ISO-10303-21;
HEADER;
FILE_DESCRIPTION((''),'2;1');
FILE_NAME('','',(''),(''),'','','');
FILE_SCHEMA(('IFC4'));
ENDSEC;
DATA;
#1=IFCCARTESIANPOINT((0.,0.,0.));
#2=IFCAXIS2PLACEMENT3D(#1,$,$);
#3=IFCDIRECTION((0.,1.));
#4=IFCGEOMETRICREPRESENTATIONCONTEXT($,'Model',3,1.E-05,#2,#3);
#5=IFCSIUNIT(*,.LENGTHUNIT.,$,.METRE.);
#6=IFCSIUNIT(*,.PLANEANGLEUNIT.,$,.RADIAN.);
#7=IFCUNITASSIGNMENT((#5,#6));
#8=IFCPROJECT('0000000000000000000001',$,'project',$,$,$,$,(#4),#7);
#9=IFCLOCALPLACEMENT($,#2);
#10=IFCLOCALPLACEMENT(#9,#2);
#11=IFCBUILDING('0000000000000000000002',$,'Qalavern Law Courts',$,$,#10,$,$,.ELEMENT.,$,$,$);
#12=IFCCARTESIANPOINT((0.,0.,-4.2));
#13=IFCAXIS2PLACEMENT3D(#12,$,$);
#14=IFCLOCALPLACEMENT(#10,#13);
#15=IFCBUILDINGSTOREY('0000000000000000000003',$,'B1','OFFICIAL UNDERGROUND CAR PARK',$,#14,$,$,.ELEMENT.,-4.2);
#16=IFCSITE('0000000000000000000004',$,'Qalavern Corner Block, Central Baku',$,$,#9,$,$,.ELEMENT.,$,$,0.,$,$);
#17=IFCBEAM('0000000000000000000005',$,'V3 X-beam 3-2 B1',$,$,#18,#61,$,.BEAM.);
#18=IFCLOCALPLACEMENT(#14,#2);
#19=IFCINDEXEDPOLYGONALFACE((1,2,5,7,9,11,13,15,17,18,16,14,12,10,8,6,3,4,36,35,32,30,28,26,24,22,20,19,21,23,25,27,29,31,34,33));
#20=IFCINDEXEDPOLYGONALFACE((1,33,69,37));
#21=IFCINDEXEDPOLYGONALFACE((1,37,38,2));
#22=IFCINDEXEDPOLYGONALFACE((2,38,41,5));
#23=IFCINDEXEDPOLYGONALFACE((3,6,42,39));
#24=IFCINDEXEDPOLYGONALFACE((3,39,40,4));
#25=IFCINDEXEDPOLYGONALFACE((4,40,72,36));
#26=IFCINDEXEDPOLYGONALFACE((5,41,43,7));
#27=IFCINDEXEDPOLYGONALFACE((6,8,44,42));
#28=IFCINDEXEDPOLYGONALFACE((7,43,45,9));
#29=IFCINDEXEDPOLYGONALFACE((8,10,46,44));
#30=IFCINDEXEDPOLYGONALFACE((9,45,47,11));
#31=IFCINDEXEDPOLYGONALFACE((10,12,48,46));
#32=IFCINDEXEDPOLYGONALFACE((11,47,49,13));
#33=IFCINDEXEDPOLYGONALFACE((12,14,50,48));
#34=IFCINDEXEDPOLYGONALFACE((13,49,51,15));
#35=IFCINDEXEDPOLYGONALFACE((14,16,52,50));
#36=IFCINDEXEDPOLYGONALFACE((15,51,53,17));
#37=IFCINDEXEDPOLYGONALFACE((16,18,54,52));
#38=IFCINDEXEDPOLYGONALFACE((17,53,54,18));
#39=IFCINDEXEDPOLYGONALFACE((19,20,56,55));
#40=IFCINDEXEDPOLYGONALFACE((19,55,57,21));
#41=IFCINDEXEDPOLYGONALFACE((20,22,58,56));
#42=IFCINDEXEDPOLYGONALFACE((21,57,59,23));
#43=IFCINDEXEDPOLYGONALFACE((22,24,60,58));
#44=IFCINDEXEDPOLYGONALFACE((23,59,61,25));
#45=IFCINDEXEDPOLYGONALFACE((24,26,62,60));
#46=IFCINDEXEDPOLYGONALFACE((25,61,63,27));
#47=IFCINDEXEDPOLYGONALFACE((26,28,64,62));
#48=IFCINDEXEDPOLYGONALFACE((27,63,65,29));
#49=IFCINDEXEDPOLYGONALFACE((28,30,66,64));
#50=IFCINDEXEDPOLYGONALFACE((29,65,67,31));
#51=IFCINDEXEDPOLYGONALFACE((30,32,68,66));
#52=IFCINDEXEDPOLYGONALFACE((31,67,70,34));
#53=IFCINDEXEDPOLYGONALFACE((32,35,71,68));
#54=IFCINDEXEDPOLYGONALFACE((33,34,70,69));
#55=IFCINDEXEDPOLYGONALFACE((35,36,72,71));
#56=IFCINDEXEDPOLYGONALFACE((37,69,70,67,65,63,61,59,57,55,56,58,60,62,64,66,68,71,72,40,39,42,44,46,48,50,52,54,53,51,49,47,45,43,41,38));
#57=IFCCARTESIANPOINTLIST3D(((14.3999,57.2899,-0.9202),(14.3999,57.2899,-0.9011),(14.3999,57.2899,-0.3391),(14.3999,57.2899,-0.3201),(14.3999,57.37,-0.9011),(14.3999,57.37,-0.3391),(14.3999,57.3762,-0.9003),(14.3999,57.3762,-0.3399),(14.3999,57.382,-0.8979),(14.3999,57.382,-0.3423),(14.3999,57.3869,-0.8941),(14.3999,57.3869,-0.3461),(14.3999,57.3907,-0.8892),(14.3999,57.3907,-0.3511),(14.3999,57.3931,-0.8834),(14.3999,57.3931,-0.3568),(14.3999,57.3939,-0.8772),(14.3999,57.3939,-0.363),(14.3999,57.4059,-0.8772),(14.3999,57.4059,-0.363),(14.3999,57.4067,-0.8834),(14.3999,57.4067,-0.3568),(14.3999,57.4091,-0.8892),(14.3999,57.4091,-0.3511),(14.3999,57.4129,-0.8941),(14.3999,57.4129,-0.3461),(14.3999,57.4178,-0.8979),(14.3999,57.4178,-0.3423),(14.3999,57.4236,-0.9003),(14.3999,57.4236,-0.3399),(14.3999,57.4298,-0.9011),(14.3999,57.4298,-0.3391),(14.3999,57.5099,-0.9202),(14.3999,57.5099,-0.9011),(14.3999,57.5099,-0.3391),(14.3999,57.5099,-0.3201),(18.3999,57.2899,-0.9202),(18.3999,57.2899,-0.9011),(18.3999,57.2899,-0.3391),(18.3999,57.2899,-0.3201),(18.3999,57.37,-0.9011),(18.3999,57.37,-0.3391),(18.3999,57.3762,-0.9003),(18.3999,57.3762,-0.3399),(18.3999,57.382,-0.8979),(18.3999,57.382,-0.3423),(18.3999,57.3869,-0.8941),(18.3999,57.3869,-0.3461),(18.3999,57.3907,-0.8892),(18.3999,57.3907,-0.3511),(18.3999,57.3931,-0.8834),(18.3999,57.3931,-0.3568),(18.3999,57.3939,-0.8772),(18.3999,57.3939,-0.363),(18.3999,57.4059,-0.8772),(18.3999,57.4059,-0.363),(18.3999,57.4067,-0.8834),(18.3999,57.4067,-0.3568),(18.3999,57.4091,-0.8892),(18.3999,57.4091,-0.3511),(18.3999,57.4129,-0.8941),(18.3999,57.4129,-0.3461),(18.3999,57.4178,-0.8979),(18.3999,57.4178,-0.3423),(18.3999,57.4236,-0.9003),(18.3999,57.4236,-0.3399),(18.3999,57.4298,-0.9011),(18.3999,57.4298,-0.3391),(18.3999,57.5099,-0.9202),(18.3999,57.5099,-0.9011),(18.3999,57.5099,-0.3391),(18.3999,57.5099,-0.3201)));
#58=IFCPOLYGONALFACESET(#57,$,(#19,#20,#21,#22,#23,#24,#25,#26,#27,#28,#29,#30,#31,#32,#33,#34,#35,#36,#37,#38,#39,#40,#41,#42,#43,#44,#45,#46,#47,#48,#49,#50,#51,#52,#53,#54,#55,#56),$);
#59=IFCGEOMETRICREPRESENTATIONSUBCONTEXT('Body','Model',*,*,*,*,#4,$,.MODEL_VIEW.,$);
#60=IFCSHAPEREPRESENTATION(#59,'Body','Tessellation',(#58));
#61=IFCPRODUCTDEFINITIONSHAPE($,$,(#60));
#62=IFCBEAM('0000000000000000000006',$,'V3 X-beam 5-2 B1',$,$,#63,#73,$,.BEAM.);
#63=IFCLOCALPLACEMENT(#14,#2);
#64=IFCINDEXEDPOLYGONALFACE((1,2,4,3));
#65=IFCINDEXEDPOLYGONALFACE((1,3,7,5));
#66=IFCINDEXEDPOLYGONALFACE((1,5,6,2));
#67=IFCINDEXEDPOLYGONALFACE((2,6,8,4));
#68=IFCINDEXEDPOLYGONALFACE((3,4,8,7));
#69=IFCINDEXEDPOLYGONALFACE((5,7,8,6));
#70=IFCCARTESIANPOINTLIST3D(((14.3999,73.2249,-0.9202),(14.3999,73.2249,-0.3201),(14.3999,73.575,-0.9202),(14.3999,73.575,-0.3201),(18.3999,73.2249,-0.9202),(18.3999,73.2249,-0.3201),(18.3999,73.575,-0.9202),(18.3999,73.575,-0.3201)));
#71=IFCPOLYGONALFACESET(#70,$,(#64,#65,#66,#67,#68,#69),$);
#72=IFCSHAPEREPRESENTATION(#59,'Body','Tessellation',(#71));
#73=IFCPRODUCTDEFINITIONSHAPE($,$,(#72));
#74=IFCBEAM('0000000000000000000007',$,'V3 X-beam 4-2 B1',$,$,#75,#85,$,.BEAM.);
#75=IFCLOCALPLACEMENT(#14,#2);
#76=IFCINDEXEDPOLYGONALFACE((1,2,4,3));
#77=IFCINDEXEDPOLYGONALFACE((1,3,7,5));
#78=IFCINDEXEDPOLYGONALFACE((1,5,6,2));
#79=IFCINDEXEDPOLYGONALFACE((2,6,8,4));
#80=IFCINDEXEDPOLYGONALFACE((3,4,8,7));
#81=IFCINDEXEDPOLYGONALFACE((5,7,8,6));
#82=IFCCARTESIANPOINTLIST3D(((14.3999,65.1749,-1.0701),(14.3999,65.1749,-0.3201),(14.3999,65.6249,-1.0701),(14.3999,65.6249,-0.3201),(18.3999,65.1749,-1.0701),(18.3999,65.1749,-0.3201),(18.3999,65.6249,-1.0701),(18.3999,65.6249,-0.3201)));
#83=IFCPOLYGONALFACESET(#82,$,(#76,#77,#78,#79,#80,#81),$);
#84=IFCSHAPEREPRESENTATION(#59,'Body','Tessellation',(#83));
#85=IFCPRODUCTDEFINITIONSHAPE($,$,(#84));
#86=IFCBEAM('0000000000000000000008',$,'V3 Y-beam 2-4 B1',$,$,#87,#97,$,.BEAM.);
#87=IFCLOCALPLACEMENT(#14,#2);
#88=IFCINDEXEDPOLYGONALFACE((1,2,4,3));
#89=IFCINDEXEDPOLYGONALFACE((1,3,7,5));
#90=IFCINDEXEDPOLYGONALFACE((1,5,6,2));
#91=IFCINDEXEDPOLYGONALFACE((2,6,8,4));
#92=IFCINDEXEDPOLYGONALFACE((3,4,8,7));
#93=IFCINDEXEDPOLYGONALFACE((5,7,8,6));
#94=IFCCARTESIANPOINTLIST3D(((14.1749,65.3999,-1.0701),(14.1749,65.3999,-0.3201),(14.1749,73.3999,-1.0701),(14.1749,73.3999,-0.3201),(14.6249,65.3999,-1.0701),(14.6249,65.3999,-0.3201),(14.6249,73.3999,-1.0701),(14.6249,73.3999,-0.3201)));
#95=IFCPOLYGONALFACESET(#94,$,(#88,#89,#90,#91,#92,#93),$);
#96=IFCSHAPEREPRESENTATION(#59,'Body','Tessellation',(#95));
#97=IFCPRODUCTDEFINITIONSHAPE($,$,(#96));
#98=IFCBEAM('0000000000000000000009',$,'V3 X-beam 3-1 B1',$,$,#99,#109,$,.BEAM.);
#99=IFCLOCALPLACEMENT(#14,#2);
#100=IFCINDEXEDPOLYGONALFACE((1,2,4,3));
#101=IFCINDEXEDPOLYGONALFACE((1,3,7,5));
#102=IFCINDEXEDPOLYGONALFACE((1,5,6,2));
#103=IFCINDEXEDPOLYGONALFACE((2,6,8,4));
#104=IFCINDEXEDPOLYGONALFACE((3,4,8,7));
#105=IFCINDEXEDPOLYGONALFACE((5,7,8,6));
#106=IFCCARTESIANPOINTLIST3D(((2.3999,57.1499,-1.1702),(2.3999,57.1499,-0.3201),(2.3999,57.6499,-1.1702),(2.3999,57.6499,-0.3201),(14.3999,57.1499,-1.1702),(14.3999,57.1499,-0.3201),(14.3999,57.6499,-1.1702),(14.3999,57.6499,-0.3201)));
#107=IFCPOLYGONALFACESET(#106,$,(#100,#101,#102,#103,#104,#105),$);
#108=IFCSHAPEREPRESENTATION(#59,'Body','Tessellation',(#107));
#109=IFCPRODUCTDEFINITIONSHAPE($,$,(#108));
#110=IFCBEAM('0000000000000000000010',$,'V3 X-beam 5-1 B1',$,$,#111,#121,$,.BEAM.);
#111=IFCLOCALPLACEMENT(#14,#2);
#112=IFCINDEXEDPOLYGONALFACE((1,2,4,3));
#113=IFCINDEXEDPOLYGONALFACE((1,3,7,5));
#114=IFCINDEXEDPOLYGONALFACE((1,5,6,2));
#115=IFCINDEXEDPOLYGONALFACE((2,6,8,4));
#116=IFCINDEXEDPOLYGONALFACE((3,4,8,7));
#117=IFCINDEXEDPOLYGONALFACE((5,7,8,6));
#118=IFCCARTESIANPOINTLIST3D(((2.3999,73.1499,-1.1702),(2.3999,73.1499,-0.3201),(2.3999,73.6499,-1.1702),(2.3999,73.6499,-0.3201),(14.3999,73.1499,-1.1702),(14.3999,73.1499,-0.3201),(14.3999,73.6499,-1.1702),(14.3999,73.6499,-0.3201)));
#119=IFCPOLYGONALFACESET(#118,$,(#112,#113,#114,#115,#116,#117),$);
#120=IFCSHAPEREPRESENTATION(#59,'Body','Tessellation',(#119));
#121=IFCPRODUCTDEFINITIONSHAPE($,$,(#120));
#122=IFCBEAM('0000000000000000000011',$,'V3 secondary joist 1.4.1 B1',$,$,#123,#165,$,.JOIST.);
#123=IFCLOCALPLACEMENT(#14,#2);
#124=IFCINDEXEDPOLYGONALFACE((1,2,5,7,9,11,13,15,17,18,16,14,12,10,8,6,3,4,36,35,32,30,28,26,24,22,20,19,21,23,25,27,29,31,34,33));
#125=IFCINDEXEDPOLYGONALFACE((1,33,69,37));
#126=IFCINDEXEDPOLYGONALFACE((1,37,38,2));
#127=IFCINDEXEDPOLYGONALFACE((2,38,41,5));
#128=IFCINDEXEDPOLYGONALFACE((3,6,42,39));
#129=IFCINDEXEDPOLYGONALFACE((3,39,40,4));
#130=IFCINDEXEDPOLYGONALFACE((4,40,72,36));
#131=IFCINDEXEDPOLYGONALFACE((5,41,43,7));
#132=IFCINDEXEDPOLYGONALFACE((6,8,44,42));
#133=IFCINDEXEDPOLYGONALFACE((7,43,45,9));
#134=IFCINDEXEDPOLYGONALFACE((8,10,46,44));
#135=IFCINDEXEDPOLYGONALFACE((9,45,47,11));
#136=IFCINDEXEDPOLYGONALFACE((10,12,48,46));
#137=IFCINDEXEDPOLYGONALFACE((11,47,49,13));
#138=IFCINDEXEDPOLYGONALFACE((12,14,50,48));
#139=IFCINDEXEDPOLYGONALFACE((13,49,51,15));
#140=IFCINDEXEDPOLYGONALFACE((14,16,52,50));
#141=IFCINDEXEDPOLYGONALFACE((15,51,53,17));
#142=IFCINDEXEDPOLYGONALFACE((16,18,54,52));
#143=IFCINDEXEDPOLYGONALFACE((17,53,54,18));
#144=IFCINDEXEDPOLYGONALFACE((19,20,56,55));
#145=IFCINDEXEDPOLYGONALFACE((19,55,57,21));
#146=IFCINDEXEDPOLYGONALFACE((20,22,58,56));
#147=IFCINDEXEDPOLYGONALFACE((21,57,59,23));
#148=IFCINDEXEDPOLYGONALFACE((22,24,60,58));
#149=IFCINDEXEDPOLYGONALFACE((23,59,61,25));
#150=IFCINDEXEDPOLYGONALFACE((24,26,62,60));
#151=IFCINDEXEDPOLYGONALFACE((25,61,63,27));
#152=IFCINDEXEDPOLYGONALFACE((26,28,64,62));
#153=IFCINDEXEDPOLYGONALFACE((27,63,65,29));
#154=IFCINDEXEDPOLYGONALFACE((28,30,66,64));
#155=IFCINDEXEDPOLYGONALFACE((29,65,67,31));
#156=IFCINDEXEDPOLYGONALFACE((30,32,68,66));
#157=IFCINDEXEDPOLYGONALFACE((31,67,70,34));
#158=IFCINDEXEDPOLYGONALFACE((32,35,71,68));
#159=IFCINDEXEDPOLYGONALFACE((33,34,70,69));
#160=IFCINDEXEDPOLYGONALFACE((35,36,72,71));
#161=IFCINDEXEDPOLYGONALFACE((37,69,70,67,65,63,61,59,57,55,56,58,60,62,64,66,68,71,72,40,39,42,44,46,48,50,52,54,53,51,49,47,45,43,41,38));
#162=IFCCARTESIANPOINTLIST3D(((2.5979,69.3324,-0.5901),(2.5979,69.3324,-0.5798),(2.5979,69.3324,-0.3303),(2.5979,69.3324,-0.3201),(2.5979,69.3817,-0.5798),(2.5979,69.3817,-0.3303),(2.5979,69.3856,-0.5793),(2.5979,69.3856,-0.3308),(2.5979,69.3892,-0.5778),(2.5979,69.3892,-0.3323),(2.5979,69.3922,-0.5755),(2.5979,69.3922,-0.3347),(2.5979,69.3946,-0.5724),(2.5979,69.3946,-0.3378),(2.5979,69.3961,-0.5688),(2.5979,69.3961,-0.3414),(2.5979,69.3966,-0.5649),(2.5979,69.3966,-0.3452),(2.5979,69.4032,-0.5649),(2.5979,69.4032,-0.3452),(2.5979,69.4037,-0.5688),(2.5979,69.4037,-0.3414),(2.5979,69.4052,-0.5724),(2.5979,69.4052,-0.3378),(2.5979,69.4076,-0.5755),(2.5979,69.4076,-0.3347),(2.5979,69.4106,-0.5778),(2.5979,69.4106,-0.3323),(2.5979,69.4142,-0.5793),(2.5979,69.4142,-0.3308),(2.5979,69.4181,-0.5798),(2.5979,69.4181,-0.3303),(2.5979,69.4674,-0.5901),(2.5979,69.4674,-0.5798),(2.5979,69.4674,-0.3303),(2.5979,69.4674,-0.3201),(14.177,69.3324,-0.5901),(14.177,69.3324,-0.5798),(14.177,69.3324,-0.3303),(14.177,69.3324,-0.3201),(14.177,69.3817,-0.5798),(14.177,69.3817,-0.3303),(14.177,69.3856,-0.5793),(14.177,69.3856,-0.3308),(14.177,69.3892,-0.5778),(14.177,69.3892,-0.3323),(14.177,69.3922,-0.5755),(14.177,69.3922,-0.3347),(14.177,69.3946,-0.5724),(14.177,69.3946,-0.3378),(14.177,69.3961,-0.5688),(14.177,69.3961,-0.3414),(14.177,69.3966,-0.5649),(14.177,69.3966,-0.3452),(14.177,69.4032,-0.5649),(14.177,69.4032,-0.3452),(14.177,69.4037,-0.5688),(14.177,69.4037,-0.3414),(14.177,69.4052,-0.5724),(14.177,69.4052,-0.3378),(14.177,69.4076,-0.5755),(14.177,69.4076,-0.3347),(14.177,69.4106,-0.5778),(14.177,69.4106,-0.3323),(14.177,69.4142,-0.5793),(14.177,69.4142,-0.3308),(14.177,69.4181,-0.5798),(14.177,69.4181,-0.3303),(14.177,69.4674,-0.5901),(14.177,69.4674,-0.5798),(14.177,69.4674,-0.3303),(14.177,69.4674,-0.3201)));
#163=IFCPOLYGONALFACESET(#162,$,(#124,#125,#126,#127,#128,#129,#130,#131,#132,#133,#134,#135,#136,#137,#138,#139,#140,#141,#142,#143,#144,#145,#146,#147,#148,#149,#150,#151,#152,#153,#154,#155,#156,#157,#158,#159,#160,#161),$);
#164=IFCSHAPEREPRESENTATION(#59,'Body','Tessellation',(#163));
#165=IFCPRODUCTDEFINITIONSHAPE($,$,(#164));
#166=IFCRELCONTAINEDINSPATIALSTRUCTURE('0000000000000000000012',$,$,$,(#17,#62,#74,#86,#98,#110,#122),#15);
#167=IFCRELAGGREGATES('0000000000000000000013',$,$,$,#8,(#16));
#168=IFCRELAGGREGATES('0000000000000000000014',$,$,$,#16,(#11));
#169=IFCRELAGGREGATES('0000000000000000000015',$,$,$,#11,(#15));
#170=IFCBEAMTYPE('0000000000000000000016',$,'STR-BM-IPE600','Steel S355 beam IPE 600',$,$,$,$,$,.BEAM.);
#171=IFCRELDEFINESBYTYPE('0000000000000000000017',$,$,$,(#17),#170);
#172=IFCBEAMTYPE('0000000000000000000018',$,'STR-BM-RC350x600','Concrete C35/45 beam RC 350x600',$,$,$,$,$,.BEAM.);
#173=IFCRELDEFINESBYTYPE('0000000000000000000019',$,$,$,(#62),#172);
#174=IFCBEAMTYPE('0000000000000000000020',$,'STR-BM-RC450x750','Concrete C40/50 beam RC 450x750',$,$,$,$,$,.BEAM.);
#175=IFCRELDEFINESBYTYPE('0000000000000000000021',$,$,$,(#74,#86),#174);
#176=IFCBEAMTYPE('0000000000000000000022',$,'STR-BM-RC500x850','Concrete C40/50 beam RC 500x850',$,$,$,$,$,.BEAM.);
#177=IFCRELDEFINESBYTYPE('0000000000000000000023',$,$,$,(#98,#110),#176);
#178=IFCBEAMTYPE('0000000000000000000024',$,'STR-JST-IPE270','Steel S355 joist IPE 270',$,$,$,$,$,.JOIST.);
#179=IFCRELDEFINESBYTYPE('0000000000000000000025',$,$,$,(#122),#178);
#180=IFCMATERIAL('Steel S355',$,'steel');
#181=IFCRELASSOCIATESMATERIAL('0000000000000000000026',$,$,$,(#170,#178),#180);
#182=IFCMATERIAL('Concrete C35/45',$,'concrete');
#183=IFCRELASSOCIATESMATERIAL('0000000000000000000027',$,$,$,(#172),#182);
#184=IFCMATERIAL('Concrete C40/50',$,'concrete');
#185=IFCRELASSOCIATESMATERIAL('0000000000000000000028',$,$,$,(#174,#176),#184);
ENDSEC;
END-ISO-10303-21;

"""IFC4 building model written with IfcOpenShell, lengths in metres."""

from ifc_helpers import new_model, si_unit, direction, frame, origin, origin_2d, place, context, subcontext, project, spatial, rectangle, i_section, extrude, material, material_profile, profile_set, type_object, element, save


model = new_model("IFC4")

# Units and contexts
model_context = context("Model", 3, precision=1e-05, world=origin(), true_north=direction((0.0, 1.0)))
body_context = subcontext(model_context, "Body", "Model", "MODEL_VIEW")
ifc_project = project(units=[si_unit("LENGTHUNIT", "METRE"), si_unit("PLANEANGLEUNIT", "RADIAN")], contexts=[model_context])

# Site, building, storey
site_placement = place(None, origin())
site = spatial("IfcSite", under=ifc_project, at=site_placement, Name="Qalavern Corner Block, Central Baku", CompositionType="ELEMENT", RefElevation=0.0)
building_placement = place(site_placement, origin())
building = spatial("IfcBuilding", under=site, at=building_placement, Name="Qalavern Law Courts", CompositionType="ELEMENT")
storey_placement = place(building_placement, frame((0.0, 0.0, -4.2)))
storey = spatial("IfcBuildingStorey", under=building, at=storey_placement, Name="B1", Description="OFFICIAL UNDERGROUND CAR PARK", CompositionType="ELEMENT", Elevation=-4.2)

# Beams
ifc_material_1 = material(Name="Steel S355", Category="steel")
ifc_material_profile_1 = material_profile(ifc_material_1, i_section(OverallWidth=0.22, OverallDepth=0.6001, WebThickness=0.012, FlangeThickness=0.019, FilletRadius=0.0239, at=origin_2d()), Name="IPE 600")
ifc_profile_set_1 = profile_set([ifc_material_profile_1], Name="Steel S355")
beam_type_1 = type_object("IfcBeamType", Name="STR-BM-IPE600", Description="Steel S355 beam IPE 600", PredefinedType="BEAM", material=ifc_profile_set_1)
beam_1_placement = place(storey_placement, frame((14.3999, 57.3999, -0.6201), z_axis=(1.0, 0.0, 0.0), x_axis=(0.0, 1.0, 0.0)))
element("IfcBeam", 1, at=beam_1_placement, inside=storey, type_object=beam_type_1, Name="V3 X-beam 3-2 B1", PredefinedType="BEAM", context=body_context, shape_type="SweptSolid", body=[
    extrude(i_section(OverallWidth=0.22, OverallDepth=0.6001, WebThickness=0.012, FlangeThickness=0.019, FilletRadius=0.0239, at=origin_2d()), origin(), (0.0, 0.0, 1.0), 4.0),
])
ifc_material_2 = material(Name="Concrete C35/45", Category="concrete")
ifc_material_profile_2 = material_profile(ifc_material_2, rectangle(XDim=0.3501, YDim=0.6001, at=origin_2d()), Name="RC 350x600")
ifc_profile_set_2 = profile_set([ifc_material_profile_2], Name="Concrete C35/45")
beam_type_2 = type_object("IfcBeamType", Name="STR-BM-RC350x600", Description="Concrete C35/45 beam RC 350x600", PredefinedType="BEAM", material=ifc_profile_set_2)
beam_2_placement = place(storey_placement, frame((14.3999, 73.3999, -0.6201), z_axis=(1.0, 0.0, 0.0), x_axis=(0.0, 1.0, 0.0)))
element("IfcBeam", 2, at=beam_2_placement, inside=storey, type_object=beam_type_2, Name="V3 X-beam 5-2 B1", PredefinedType="BEAM", context=body_context, shape_type="SweptSolid", body=[
    extrude(rectangle(XDim=0.3501, YDim=0.6001, at=origin_2d()), origin(), (0.0, 0.0, 1.0), 4.0),
])
ifc_material_3 = material(Name="Concrete C40/50", Category="concrete")
ifc_material_profile_3 = material_profile(ifc_material_3, rectangle(XDim=0.45, YDim=0.75, at=origin_2d()), Name="RC 450x750")
ifc_profile_set_3 = profile_set([ifc_material_profile_3], Name="Concrete C40/50")
beam_type_3 = type_object("IfcBeamType", Name="STR-BM-RC450x750", Description="Concrete C40/50 beam RC 450x750", PredefinedType="BEAM", material=ifc_profile_set_3)
beam_3_placement = place(storey_placement, frame((14.3999, 65.3999, -0.6951), z_axis=(1.0, 0.0, 0.0), x_axis=(0.0, 1.0, 0.0)))
element("IfcBeam", 3, at=beam_3_placement, inside=storey, type_object=beam_type_3, Name="V3 X-beam 4-2 B1", PredefinedType="BEAM", context=body_context, shape_type="SweptSolid", body=[
    extrude(rectangle(XDim=0.45, YDim=0.75, at=origin_2d()), origin(), (0.0, 0.0, 1.0), 4.0),
])
beam_4_placement = place(storey_placement, frame((14.3999, 65.3999, -0.6951), z_axis=(0.0, 1.0, 0.0), x_axis=(-1.0, 0.0, 0.0)))
element("IfcBeam", 4, at=beam_4_placement, inside=storey, type_object=beam_type_3, Name="V3 Y-beam 2-4 B1", PredefinedType="BEAM", context=body_context, shape_type="SweptSolid", body=[
    extrude(rectangle(XDim=0.45, YDim=0.75, at=origin_2d()), origin(), (0.0, 0.0, 1.0), 8.0),
])
ifc_material_profile_4 = material_profile(ifc_material_3, rectangle(XDim=0.5, YDim=0.8501, at=origin_2d()), Name="RC 500x850")
ifc_profile_set_4 = profile_set([ifc_material_profile_4], Name="Concrete C40/50")
beam_type_4 = type_object("IfcBeamType", Name="STR-BM-RC500x850", Description="Concrete C40/50 beam RC 500x850", PredefinedType="BEAM", material=ifc_profile_set_4)
for number, where, z_axis, x_axis, name in (
    (5, (2.3999, 57.3999, -0.7451), (1.0, 0.0, 0.0), (0.0, 1.0, 0.0), "V3 X-beam 3-1 B1"),
    (6, (2.3999, 73.3999, -0.7451), (1.0, 0.0, 0.0), (0.0, 1.0, 0.0), "V3 X-beam 5-1 B1"),
):
    element("IfcBeam", number, at=place(storey_placement, frame(where, z_axis=z_axis, x_axis=x_axis)), inside=storey, type_object=beam_type_4, Name=name, PredefinedType="BEAM", context=body_context, shape_type="SweptSolid", body=[
        extrude(rectangle(XDim=0.5, YDim=0.8501, at=origin_2d()), origin(), (0.0, 0.0, 1.0), 12.0),
    ])
ifc_material_profile_5 = material_profile(ifc_material_1, i_section(OverallWidth=0.135, OverallDepth=0.27, WebThickness=0.0066, FlangeThickness=0.0103, FilletRadius=0.0149, at=origin_2d()), Name="IPE 270")
ifc_profile_set_5 = profile_set([ifc_material_profile_5], Name="Steel S355")
beam_type_5 = type_object("IfcBeamType", Name="STR-JST-IPE270", Description="Steel S355 joist IPE 270", PredefinedType="JOIST", material=ifc_profile_set_5)
beam_5_placement = place(storey_placement, frame((2.5979, 69.3999, -0.4551), z_axis=(1.0, 0.0, 0.0), x_axis=(0.0, 1.0, 0.0)))
element("IfcBeam", 7, at=beam_5_placement, inside=storey, type_object=beam_type_5, Name="V3 secondary joist 1.4.1 B1", PredefinedType="JOIST", context=body_context, shape_type="SweptSolid", body=[
    extrude(i_section(OverallWidth=0.135, OverallDepth=0.27, WebThickness=0.0066, FlangeThickness=0.0103, FilletRadius=0.0149, at=origin_2d()), origin(), (0.0, 0.0, 1.0), 11.5791),
])

save(model, "model.ifc")
